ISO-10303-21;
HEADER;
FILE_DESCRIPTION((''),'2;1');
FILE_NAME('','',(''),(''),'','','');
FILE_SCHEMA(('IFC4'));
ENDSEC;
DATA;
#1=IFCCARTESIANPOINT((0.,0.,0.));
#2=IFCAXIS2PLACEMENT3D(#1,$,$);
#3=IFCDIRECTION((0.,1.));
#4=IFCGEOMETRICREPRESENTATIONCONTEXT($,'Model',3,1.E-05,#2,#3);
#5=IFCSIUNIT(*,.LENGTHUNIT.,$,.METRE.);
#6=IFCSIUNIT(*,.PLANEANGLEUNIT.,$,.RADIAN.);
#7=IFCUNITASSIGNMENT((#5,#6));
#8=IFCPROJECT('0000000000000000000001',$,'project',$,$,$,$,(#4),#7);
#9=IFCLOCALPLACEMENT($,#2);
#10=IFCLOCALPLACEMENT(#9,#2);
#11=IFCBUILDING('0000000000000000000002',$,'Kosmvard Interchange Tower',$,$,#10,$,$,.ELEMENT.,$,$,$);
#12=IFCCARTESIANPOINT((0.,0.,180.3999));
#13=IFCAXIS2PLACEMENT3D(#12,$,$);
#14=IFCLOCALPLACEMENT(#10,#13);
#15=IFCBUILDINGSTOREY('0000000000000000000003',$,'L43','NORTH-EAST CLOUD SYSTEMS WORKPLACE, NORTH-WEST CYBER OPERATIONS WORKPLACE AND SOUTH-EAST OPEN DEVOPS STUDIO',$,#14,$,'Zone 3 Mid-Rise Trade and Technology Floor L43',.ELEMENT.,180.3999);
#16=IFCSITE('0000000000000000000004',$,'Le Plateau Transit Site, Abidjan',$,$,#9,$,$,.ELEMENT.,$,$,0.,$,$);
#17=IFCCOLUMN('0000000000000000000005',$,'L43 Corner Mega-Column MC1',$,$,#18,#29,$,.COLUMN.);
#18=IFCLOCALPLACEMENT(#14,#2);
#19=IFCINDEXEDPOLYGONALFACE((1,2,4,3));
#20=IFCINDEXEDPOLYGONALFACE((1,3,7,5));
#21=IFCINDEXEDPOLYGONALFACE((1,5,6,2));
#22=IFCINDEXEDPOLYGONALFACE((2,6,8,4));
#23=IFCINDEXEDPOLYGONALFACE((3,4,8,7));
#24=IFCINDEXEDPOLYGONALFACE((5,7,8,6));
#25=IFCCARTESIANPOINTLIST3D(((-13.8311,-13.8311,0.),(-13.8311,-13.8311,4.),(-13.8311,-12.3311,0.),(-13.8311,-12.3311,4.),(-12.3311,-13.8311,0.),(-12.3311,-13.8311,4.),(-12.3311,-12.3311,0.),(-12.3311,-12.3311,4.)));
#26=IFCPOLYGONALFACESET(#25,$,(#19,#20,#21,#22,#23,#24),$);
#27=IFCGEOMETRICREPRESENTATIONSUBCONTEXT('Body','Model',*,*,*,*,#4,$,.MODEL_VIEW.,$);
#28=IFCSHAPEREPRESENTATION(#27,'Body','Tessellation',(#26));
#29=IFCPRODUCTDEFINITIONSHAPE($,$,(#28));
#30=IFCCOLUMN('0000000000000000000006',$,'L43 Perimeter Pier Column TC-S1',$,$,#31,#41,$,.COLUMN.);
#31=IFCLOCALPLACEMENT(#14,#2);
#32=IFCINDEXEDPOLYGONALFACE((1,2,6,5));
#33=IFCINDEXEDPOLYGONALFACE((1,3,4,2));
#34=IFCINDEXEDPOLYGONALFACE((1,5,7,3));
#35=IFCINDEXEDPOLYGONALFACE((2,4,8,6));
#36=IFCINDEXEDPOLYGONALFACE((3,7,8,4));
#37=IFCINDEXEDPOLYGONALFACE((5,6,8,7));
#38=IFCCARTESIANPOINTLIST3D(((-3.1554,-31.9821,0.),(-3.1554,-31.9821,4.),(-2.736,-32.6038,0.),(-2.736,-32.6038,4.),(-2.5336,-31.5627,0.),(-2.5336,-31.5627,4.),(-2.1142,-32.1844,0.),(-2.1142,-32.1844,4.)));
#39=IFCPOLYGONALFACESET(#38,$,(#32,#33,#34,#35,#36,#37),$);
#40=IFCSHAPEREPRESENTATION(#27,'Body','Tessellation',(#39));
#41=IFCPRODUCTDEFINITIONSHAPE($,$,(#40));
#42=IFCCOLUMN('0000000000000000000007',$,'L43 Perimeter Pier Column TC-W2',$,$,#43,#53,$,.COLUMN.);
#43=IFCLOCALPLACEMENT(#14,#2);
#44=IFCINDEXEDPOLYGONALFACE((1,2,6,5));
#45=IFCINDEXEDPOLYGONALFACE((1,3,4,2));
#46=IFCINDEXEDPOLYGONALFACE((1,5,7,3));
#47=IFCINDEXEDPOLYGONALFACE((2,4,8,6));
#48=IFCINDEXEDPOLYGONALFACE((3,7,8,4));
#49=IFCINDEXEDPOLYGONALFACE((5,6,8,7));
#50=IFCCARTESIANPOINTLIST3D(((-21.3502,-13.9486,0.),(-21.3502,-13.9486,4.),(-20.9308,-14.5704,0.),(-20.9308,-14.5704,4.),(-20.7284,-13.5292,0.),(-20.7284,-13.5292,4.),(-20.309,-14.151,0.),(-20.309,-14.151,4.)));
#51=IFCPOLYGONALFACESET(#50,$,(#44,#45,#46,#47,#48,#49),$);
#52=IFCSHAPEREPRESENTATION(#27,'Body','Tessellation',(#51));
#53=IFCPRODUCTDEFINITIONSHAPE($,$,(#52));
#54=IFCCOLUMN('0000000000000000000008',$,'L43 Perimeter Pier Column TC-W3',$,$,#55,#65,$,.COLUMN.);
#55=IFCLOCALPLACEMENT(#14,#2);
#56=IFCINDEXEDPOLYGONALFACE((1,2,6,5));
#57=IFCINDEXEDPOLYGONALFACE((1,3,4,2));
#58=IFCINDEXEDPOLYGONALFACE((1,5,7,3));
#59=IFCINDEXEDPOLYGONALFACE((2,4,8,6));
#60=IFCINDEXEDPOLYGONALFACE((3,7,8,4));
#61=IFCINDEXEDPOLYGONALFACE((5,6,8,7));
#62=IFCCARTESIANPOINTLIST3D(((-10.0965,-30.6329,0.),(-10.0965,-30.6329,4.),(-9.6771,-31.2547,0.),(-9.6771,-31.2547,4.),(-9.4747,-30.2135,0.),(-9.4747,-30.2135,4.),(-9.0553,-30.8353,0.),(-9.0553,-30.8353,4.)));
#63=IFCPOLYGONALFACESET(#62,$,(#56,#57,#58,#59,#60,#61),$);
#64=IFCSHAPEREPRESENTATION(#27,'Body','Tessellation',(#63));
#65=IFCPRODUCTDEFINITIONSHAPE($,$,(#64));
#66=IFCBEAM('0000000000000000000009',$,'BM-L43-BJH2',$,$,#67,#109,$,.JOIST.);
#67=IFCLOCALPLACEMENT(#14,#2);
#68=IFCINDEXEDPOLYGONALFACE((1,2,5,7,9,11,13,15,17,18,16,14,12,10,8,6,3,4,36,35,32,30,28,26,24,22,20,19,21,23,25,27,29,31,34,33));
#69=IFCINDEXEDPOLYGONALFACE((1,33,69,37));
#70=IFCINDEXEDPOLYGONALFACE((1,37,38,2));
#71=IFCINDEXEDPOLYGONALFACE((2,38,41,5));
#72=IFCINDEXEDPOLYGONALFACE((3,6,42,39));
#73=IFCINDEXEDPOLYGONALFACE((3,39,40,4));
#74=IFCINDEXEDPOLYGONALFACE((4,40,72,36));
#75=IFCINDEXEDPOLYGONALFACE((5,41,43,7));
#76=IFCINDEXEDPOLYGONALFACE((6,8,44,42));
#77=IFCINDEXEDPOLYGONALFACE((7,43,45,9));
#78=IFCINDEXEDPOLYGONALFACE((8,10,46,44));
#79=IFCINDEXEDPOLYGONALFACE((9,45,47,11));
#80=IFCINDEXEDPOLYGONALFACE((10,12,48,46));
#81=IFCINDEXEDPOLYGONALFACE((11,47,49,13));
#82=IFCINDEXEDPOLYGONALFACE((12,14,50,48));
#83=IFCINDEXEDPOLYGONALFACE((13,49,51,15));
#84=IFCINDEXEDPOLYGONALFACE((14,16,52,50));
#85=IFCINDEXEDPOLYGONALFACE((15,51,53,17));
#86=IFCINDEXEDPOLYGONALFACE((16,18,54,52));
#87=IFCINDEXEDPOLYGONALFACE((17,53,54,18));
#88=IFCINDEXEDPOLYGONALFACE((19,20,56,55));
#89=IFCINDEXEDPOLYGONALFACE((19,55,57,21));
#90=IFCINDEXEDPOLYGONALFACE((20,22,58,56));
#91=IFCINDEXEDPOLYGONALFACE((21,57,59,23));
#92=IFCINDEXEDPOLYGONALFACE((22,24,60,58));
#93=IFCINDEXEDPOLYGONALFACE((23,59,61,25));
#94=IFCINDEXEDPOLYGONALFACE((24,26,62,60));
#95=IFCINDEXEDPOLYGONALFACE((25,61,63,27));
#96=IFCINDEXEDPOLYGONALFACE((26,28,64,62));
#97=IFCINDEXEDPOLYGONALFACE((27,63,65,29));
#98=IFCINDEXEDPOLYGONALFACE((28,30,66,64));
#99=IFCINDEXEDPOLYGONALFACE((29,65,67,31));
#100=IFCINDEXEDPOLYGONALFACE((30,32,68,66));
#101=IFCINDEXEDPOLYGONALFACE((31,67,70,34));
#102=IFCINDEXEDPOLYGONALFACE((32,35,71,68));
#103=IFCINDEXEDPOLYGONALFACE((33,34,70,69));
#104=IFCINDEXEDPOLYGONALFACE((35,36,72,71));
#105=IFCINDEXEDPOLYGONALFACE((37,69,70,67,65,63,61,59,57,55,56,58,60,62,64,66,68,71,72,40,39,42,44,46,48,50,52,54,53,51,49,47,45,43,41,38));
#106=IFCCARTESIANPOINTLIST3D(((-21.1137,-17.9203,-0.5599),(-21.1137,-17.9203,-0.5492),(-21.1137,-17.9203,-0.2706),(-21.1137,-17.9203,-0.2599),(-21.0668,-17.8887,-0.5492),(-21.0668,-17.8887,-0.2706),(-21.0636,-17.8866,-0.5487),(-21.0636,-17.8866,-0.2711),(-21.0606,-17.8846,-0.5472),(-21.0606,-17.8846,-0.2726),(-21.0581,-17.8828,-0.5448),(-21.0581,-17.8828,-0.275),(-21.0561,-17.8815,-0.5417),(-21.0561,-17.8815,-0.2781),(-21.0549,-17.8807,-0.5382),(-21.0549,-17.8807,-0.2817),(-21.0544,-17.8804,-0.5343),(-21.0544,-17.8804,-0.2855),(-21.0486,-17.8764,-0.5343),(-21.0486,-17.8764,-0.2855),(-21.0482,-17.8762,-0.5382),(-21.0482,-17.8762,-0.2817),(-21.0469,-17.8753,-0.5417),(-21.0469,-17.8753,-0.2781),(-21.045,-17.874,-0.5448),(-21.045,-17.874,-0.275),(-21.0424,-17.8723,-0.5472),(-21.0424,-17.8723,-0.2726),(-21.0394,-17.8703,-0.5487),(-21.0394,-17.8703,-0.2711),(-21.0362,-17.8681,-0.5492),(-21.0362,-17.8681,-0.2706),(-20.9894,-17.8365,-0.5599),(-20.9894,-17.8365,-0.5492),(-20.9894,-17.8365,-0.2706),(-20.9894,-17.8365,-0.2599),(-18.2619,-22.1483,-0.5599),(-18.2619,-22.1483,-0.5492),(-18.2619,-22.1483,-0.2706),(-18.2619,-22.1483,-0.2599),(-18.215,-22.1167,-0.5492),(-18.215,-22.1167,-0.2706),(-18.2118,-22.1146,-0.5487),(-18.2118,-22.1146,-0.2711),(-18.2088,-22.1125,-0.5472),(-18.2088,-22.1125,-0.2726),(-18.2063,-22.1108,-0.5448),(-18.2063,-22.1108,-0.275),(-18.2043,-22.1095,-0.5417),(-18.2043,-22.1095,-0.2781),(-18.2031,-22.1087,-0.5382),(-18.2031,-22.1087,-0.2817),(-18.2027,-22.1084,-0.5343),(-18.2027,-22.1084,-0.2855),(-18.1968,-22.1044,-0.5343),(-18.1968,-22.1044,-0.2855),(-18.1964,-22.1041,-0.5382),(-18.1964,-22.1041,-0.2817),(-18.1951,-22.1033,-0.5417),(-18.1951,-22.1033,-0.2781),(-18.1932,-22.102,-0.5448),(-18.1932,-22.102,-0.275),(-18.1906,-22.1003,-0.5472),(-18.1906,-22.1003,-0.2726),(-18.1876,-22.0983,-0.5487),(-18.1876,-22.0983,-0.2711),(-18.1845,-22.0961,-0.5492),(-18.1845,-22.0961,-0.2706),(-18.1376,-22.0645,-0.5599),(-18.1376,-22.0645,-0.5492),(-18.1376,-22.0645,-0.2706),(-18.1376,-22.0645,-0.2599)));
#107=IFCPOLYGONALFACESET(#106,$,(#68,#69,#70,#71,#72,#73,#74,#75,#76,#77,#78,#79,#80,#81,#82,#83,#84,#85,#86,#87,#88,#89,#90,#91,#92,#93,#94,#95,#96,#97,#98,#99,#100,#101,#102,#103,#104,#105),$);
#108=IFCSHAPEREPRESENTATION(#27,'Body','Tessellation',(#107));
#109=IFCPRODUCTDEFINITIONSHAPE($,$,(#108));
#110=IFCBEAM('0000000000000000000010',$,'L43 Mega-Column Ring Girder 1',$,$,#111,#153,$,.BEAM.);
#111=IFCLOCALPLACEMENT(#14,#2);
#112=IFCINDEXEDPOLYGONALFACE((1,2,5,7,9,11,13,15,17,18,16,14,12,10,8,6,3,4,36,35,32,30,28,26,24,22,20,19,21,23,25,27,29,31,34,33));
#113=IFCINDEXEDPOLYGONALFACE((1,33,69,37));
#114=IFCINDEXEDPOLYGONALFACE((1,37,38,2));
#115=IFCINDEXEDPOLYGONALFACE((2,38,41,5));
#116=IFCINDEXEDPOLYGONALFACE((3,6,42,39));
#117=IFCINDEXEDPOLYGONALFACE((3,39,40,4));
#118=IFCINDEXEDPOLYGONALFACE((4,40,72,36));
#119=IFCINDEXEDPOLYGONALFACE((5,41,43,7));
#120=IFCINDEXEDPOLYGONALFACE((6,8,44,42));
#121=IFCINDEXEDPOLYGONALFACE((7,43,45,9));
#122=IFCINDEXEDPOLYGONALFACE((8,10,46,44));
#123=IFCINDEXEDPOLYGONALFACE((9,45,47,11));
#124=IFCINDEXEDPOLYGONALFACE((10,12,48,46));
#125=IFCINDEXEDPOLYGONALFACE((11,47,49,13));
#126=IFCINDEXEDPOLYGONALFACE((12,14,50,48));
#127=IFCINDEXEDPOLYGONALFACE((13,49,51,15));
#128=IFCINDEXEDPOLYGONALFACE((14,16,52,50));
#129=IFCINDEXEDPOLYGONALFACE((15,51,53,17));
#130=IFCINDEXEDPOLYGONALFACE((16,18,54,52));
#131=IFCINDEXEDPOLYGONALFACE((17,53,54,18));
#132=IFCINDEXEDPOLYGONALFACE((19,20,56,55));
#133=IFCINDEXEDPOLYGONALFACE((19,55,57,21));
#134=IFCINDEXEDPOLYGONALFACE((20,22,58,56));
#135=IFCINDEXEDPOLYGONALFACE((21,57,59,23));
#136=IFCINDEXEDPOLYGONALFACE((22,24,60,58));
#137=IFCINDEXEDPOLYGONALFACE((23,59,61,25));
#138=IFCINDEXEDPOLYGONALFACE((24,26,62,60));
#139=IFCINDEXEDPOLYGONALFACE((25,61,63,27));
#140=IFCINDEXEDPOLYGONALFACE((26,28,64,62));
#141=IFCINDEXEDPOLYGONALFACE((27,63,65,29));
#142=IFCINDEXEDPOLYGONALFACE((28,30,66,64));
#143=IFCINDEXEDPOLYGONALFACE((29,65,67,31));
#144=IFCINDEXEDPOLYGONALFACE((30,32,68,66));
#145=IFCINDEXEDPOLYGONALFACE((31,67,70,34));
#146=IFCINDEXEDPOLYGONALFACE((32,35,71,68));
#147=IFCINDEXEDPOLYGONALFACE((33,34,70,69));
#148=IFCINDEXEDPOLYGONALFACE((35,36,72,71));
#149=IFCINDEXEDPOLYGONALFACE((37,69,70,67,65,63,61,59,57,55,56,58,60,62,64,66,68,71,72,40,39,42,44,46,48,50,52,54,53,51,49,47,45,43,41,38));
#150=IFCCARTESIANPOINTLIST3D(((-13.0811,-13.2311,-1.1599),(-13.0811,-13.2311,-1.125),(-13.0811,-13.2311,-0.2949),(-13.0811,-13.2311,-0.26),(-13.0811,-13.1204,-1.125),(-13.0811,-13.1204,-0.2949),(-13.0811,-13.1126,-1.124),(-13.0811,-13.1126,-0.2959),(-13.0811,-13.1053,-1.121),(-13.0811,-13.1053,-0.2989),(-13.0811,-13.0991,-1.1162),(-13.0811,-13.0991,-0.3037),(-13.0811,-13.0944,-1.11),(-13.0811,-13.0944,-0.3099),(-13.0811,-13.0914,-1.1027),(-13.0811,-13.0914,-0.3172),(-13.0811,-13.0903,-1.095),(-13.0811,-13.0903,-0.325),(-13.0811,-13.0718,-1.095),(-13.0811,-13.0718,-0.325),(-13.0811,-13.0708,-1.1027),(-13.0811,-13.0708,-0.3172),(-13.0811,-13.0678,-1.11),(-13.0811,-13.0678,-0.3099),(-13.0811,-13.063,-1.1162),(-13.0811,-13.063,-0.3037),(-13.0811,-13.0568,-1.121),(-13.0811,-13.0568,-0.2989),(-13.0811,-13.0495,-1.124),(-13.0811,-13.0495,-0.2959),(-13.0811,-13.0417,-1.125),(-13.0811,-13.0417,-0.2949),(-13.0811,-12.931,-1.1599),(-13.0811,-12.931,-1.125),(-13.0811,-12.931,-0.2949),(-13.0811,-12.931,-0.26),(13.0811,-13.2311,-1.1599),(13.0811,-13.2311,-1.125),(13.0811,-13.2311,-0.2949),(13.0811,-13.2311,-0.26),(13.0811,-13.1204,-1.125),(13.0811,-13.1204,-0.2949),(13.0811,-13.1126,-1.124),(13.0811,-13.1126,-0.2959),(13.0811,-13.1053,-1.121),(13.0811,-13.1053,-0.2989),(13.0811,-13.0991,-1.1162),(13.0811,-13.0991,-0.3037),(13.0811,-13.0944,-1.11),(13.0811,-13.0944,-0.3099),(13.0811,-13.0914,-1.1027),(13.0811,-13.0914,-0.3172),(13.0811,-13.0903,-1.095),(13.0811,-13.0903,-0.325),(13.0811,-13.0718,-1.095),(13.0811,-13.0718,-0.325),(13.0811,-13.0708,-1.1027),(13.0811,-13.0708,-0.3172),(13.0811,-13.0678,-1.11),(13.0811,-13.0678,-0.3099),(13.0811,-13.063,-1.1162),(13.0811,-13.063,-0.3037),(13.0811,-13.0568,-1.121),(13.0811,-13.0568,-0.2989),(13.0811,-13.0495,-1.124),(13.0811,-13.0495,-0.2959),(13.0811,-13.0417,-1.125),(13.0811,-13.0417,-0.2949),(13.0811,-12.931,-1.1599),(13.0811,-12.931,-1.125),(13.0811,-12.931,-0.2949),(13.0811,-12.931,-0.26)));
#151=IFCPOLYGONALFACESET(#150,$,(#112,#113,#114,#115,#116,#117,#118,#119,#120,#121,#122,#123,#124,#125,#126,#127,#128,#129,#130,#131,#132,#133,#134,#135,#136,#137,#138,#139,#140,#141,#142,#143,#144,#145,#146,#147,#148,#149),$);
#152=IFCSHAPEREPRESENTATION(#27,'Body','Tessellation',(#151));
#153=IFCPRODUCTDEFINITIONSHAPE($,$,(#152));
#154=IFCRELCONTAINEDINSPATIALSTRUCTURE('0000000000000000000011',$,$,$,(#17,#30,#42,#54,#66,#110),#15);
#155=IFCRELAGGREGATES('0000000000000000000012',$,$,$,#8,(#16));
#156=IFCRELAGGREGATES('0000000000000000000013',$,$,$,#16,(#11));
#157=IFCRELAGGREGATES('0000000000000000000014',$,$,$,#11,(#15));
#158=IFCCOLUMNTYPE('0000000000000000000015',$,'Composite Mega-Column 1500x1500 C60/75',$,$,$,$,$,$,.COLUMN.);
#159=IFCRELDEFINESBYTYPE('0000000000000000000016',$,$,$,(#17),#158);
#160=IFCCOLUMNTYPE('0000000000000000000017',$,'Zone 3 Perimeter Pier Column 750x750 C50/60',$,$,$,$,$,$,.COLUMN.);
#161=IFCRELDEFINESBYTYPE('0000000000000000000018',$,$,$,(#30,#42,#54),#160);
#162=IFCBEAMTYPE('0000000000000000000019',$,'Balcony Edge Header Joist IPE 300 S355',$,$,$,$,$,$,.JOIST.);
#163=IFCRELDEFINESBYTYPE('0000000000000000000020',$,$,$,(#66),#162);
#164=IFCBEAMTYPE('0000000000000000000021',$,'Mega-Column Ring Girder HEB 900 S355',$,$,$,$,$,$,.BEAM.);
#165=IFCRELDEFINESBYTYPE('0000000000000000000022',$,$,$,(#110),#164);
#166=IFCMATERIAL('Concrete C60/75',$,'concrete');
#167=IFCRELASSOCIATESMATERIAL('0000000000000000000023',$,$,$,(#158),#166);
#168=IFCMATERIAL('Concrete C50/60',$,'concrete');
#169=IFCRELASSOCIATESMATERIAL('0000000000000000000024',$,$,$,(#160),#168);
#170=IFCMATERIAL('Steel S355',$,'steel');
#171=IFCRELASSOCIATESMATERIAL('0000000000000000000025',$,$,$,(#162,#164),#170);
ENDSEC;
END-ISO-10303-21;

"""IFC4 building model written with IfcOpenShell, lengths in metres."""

from ifc_helpers import new_model, si_unit, direction, frame, origin, origin_2d, place, context, subcontext, project, spatial, rectangle, i_section, extrude, source, transform, mapped, material, material_profile, profile_set, type_object, element, save


model = new_model("IFC4")

# Units and contexts
model_context = context("Model", 3, precision=1e-05, world=origin(), true_north=direction((0.0, 1.0)))
body_context = subcontext(model_context, "Body", "Model", "MODEL_VIEW")
ifc_project = project(units=[si_unit("LENGTHUNIT", "METRE"), si_unit("PLANEANGLEUNIT", "RADIAN")], contexts=[model_context])

# Site, building, storey
site_placement = place(None, origin())
site = spatial("IfcSite", under=ifc_project, at=site_placement, Name="Le Plateau Transit Site, Abidjan", CompositionType="ELEMENT", RefElevation=0.0)
building_placement = place(site_placement, origin())
building = spatial("IfcBuilding", under=site, at=building_placement, Name="Kosmvard Interchange Tower", CompositionType="ELEMENT")
storey_placement = place(building_placement, frame((0.0, 0.0, 180.3999)))
storey = spatial("IfcBuildingStorey", under=building, at=storey_placement, Name="L43", Description="NORTH-EAST CLOUD SYSTEMS WORKPLACE, NORTH-WEST CYBER OPERATIONS WORKPLACE AND SOUTH-EAST OPEN DEVOPS STUDIO", LongName="Zone 3 Mid-Rise Trade and Technology Floor L43", CompositionType="ELEMENT", Elevation=180.3999)

# Columns
ifc_material_1 = material(Name="Concrete C60/75", Category="concrete")
ifc_material_profile_1 = material_profile(ifc_material_1, rectangle(XDim=1.5, YDim=1.5, at=origin_2d()), Name="MC 1500x1500")
ifc_profile_set_1 = profile_set([ifc_material_profile_1], Name="Concrete C60/75")
column_type_1 = type_object("IfcColumnType", Name="Composite Mega-Column 1500x1500 C60/75", PredefinedType="COLUMN", material=ifc_profile_set_1)
shared_shape_1 = source(origin(), body_context, "Body", "SweptSolid", [
    extrude(rectangle(XDim=1.5, YDim=1.5, at=origin_2d()), origin(), (0.0, 0.0, 1.0), 4.0),
])
column_placement = place(storey_placement, frame((-13.0811, -13.0811, 0.0), z_axis=(0.0, 0.0, 1.0), x_axis=(1.0, 0.0, 0.0)))
element("IfcColumn", 1, at=column_placement, inside=storey, type_object=column_type_1, Name="L43 Corner Mega-Column MC1", PredefinedType="COLUMN", context=body_context, shape_type="MappedRepresentation", body=[
    mapped(shared_shape_1, transform((0.0, 0.0, 0.0), scale=1.0)),
])
ifc_material_2 = material(Name="Concrete C50/60", Category="concrete")
ifc_material_profile_2 = material_profile(ifc_material_2, rectangle(XDim=0.75, YDim=0.75, at=origin_2d()), Name="TC 750x750")
ifc_profile_set_2 = profile_set([ifc_material_profile_2], Name="Concrete C50/60")
column_type_2 = type_object("IfcColumnType", Name="Zone 3 Perimeter Pier Column 750x750 C50/60", PredefinedType="COLUMN", material=ifc_profile_set_2)
shared_shape_2 = source(origin(), body_context, "Body", "SweptSolid", [
    extrude(rectangle(XDim=0.75, YDim=0.75, at=origin_2d()), origin(), (0.0, 0.0, 1.0), 4.0),
])
for number, where, z_axis, x_axis, name in (
    (2, (-2.6348, -32.0833, 0.0), (0.0, 0.0, 1.0), (0.829038, 0.559193, 0.0), "L43 Perimeter Pier Column TC-S1"),
    (3, (-20.8296, -14.0498, 0.0), (0.0, 0.0, 1.0), (0.829038, 0.559193, 0.0), "L43 Perimeter Pier Column TC-W2"),
    (4, (-9.5759, -30.7341, 0.0), (0.0, 0.0, 1.0), (0.829038, 0.559193, 0.0), "L43 Perimeter Pier Column TC-W3"),
):
    element("IfcColumn", number, at=place(storey_placement, frame(where, z_axis=z_axis, x_axis=x_axis)), inside=storey, type_object=column_type_2, Name=name, PredefinedType="COLUMN", context=body_context, shape_type="MappedRepresentation", body=[
        mapped(shared_shape_2, transform((0.0, 0.0, 0.0), scale=1.0)),
    ])

# Beams
ifc_material_3 = material(Name="Steel S355", Category="steel")
ifc_material_profile_3 = material_profile(ifc_material_3, i_section(OverallWidth=0.1499, OverallDepth=0.3, WebThickness=0.0071, FlangeThickness=0.0107, FilletRadius=0.0149, at=origin_2d()), Name="IPE 300")
ifc_profile_set_3 = profile_set([ifc_material_profile_3], Name="Steel S355")
beam_type_1 = type_object("IfcBeamType", Name="Balcony Edge Header Joist IPE 300 S355", PredefinedType="JOIST", material=ifc_profile_set_3)
shared_shape_3 = source(origin(), body_context, "Body", "SweptSolid", [
    extrude(i_section(OverallWidth=0.1499, OverallDepth=0.3, WebThickness=0.0071, FlangeThickness=0.0107, FilletRadius=0.0149, at=origin_2d()), origin(), (0.0, 0.0, 1.0), 5.0999),
])
beam_1_placement = place(storey_placement, frame((-21.0515, -17.8784, -0.4099), z_axis=(0.559188, -0.829041, 0.0), x_axis=(0.829041, 0.559188, 0.0)))
element("IfcBeam", 5, at=beam_1_placement, inside=storey, type_object=beam_type_1, Name="BM-L43-BJH2", PredefinedType="JOIST", context=body_context, shape_type="MappedRepresentation", body=[
    mapped(shared_shape_3, transform((0.0, 0.0, 0.0), scale=1.0)),
])
ifc_material_profile_4 = material_profile(ifc_material_3, i_section(OverallWidth=0.3, OverallDepth=0.8999, WebThickness=0.0186, FlangeThickness=0.0349, FilletRadius=0.03, at=origin_2d()), Name="HEB 900")
ifc_profile_set_4 = profile_set([ifc_material_profile_4], Name="Steel S355")
beam_type_2 = type_object("IfcBeamType", Name="Mega-Column Ring Girder HEB 900 S355", PredefinedType="BEAM", material=ifc_profile_set_4)
shared_shape_4 = source(origin(), body_context, "Body", "SweptSolid", [
    extrude(i_section(OverallWidth=0.3, OverallDepth=0.8999, WebThickness=0.0186, FlangeThickness=0.0349, FilletRadius=0.03, at=origin_2d()), origin(), (0.0, 0.0, 1.0), 26.1621),
])
beam_2_placement = place(storey_placement, frame((-13.0811, -13.0811, -0.71), z_axis=(1.0, 0.0, 0.0), x_axis=(0.0, 1.0, 0.0)))
element("IfcBeam", 6, at=beam_2_placement, inside=storey, type_object=beam_type_2, Name="L43 Mega-Column Ring Girder 1", PredefinedType="BEAM", context=body_context, shape_type="MappedRepresentation", body=[
    mapped(shared_shape_4, transform((0.0, 0.0, 0.0), scale=1.0)),
])

save(model, "model.ifc")
